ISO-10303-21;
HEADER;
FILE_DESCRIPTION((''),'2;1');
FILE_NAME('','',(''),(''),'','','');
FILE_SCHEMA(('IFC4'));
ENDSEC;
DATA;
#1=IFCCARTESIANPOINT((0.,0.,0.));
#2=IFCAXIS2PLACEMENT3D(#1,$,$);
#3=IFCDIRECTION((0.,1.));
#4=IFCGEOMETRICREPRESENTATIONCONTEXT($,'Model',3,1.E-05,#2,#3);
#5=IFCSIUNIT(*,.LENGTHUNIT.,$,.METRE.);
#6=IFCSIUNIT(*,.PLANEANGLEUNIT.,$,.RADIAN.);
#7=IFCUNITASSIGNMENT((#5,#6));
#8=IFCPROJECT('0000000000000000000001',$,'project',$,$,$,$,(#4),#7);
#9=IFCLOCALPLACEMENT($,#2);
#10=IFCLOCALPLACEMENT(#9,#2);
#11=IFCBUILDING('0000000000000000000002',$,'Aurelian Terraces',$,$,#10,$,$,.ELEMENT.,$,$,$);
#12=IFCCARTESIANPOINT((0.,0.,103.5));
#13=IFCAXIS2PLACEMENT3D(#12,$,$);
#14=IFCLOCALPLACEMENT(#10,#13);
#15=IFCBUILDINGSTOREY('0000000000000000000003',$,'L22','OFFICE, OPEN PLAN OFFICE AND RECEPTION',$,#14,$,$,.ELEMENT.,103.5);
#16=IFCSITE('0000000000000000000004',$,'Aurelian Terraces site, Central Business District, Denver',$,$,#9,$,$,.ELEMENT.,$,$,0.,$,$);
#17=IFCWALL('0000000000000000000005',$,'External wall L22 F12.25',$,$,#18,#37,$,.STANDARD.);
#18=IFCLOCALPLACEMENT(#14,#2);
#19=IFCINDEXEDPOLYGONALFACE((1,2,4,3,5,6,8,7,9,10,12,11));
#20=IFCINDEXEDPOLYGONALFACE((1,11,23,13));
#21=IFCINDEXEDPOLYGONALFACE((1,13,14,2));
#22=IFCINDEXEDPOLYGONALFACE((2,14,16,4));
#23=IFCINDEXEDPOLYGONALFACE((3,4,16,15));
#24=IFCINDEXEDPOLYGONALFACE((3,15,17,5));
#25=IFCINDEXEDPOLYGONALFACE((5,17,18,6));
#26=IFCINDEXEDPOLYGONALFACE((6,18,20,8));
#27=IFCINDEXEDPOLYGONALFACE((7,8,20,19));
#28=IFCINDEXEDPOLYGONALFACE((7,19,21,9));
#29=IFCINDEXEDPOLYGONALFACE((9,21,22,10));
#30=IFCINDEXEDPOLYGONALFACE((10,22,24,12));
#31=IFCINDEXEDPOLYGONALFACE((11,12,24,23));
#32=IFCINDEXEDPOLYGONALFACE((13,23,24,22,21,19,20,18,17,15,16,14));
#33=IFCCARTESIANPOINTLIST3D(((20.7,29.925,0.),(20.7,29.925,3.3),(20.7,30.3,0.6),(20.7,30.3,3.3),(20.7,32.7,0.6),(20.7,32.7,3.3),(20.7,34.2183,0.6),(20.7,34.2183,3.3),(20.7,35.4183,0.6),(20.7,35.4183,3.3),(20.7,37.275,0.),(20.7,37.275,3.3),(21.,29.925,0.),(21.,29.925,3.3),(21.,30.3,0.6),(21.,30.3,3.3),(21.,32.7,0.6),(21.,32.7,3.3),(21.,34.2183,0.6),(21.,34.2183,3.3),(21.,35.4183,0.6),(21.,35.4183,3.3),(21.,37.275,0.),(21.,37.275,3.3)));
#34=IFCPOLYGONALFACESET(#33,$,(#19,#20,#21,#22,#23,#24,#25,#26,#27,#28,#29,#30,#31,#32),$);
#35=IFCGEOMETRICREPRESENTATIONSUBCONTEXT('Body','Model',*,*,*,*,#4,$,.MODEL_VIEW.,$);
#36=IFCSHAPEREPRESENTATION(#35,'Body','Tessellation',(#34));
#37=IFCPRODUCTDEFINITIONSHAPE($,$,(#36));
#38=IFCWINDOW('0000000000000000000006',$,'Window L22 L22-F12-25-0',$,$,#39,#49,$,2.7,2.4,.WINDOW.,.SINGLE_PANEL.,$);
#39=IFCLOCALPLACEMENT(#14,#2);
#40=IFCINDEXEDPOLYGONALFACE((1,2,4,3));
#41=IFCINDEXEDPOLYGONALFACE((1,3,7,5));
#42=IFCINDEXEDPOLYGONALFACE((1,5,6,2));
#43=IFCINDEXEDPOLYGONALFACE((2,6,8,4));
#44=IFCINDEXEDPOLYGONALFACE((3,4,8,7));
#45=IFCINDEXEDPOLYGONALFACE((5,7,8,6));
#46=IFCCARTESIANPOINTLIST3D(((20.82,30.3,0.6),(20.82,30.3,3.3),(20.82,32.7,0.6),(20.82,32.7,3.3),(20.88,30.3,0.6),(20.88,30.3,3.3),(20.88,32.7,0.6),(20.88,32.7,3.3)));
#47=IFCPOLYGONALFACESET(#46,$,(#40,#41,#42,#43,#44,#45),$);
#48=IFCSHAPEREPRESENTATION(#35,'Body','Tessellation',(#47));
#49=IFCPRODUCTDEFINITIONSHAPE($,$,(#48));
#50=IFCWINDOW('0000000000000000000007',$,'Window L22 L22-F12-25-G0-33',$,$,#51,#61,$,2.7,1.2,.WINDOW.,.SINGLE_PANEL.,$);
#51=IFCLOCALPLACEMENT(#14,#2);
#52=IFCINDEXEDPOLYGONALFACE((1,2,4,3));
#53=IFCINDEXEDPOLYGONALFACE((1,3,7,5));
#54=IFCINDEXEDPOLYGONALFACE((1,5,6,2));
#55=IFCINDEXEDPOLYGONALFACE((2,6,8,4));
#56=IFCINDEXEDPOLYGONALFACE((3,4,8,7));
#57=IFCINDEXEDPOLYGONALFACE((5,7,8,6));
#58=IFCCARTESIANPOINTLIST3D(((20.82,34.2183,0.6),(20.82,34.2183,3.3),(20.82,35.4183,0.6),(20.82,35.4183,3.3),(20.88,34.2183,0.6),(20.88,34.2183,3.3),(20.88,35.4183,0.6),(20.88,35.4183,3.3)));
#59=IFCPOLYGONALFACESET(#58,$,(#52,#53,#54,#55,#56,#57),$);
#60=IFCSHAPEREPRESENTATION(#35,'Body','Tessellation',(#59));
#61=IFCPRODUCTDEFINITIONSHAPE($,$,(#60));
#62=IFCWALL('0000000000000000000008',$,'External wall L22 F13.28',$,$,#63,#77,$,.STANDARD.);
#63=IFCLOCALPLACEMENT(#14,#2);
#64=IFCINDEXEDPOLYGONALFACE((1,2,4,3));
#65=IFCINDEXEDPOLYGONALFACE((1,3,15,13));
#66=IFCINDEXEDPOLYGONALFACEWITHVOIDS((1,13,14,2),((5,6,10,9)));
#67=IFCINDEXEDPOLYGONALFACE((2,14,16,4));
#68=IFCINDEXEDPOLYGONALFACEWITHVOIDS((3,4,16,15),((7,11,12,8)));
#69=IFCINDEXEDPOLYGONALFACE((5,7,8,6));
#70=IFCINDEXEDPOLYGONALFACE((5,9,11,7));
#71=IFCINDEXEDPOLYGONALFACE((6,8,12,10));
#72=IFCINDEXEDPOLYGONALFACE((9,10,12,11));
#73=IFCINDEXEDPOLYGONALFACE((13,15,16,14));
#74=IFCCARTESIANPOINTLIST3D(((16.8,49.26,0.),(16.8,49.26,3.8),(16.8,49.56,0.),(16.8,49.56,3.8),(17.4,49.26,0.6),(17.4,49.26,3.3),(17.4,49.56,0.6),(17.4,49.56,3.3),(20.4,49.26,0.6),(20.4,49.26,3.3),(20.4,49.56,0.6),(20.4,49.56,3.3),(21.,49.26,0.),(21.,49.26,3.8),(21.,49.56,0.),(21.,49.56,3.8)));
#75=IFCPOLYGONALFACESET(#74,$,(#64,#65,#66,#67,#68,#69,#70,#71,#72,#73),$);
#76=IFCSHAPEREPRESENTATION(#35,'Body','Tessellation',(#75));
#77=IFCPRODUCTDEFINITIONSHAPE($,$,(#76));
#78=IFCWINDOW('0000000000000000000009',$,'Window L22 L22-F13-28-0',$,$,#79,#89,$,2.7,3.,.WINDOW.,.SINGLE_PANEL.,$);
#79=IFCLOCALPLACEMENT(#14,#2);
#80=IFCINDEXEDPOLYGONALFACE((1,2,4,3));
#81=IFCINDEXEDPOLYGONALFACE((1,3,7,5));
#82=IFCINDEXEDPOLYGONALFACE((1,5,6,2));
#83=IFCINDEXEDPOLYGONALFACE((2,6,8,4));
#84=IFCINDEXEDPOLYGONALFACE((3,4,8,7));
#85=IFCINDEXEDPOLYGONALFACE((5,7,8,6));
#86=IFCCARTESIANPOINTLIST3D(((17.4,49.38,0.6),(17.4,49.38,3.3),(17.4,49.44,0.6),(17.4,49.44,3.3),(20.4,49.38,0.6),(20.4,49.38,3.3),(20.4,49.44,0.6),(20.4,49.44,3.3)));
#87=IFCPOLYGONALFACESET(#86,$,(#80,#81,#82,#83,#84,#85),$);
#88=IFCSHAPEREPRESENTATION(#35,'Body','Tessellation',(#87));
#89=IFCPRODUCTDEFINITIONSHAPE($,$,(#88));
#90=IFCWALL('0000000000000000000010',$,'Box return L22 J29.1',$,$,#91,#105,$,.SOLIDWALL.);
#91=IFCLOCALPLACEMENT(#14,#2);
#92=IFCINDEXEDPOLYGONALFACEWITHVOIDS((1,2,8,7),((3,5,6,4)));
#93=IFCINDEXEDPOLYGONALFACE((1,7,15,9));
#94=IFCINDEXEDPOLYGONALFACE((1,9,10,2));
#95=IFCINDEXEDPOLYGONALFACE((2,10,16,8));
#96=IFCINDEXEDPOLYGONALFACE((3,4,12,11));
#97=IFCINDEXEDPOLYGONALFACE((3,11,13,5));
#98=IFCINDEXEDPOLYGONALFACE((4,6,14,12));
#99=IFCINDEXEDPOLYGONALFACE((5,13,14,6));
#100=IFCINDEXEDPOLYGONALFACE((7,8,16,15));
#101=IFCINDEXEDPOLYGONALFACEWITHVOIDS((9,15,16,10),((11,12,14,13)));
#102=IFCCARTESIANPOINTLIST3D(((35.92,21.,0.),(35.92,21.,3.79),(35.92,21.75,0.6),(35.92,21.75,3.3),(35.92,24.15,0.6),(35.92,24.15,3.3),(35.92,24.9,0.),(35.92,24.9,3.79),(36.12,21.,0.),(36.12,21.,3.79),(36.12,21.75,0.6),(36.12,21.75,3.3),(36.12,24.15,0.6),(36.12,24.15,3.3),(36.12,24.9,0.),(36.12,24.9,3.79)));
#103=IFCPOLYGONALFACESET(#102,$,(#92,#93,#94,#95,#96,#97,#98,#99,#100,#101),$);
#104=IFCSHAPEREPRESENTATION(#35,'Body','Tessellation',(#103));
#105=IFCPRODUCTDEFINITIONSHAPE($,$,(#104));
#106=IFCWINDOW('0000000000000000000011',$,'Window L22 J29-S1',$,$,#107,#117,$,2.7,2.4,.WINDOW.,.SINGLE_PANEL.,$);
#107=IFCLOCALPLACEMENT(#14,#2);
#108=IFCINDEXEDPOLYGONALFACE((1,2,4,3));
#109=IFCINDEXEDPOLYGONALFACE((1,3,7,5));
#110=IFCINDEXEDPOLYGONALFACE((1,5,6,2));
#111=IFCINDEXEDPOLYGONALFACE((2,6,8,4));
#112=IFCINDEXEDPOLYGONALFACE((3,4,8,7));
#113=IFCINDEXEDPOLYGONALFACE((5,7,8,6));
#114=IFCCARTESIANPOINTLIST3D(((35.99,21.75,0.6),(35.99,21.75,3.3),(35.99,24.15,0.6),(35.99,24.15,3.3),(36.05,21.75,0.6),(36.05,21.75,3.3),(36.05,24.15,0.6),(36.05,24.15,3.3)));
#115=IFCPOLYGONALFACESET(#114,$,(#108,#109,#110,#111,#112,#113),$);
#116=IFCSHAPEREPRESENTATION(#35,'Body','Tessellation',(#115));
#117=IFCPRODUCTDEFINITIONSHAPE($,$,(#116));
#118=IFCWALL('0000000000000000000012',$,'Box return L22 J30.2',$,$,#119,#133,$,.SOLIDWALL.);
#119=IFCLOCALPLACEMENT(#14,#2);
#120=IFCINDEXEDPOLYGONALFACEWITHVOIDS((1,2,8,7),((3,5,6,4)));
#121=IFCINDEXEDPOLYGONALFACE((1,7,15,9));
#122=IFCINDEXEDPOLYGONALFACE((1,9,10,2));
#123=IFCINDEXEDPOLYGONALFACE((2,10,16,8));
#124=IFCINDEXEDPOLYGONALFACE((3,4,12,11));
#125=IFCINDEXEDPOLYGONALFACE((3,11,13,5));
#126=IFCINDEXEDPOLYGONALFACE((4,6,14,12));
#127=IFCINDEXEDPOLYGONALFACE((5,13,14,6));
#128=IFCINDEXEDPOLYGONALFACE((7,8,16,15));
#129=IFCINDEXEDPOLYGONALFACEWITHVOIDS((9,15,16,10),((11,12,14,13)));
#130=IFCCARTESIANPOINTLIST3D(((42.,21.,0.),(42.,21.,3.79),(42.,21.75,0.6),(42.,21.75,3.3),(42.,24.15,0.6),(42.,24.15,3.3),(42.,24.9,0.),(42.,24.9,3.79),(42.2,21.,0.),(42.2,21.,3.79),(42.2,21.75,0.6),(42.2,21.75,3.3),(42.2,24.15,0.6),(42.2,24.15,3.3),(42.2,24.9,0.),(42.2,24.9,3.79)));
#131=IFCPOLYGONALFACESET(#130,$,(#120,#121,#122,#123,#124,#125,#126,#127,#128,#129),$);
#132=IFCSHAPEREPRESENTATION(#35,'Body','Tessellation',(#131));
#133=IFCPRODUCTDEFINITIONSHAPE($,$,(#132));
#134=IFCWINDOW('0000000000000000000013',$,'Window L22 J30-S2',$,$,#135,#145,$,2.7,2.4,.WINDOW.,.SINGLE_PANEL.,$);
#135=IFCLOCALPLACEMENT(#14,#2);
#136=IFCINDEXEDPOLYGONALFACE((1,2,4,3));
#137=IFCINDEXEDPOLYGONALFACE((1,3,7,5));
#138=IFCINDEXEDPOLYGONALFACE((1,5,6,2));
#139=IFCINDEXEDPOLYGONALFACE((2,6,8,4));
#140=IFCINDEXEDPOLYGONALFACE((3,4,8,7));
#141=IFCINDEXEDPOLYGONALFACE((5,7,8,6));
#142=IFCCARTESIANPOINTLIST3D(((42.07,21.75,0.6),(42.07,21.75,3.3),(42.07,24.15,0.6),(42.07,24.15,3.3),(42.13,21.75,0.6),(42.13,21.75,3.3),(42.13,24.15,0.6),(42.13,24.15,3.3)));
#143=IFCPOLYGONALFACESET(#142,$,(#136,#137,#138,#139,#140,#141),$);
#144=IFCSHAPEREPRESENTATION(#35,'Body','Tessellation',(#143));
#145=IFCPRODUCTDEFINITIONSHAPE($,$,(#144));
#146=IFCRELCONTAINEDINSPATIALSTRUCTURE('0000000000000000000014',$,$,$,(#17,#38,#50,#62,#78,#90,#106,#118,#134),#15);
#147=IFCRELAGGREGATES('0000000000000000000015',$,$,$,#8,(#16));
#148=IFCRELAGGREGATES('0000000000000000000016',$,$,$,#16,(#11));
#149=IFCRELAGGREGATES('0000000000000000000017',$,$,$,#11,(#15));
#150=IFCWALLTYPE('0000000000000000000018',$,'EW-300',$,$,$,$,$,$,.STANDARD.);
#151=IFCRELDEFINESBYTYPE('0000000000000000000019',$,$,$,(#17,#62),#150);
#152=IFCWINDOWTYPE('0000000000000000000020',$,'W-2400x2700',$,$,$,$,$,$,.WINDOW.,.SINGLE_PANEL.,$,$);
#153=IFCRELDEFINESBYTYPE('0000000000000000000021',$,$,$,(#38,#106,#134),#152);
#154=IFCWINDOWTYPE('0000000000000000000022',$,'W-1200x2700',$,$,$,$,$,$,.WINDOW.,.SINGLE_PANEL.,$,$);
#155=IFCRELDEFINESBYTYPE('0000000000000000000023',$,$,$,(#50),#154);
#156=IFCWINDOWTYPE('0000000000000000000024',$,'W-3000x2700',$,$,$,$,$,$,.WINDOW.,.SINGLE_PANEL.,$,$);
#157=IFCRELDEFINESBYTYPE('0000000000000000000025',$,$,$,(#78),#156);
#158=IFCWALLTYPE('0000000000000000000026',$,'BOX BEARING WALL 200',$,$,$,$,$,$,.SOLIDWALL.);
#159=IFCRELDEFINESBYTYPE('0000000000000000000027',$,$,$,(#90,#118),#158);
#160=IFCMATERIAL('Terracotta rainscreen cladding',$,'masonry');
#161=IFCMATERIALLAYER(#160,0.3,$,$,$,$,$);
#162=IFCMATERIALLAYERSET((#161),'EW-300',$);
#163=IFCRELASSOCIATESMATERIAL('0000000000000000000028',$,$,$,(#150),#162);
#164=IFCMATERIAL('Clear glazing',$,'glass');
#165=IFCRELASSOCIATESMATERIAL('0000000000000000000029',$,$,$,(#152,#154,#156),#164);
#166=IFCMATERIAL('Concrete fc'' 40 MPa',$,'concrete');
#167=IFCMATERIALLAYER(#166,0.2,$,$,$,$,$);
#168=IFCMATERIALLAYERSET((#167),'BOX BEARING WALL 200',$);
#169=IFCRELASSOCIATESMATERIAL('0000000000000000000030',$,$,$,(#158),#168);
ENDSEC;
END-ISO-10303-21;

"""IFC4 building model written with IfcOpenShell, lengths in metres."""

from ifc_helpers import new_model, si_unit, direction, frame, frame_2d, origin, place, context, subcontext, project, spatial, rectangle, extrude, source, transform, mapped, material, layer, layer_set, type_object, element, fill, save


model = new_model("IFC4")

# Units and contexts
model_context = context("Model", 3, precision=1e-05, world=origin(), true_north=direction((0.0, 1.0)))
body_context = subcontext(model_context, "Body", "Model", "MODEL_VIEW")
ifc_project = project(units=[si_unit("LENGTHUNIT", "METRE"), si_unit("PLANEANGLEUNIT", "RADIAN")], contexts=[model_context])

# Site, building, storey
site_placement = place(None, origin())
site = spatial("IfcSite", under=ifc_project, at=site_placement, Name="Aurelian Terraces site, Central Business District, Denver", CompositionType="ELEMENT", RefElevation=0.0)
building_placement = place(site_placement, origin())
building = spatial("IfcBuilding", under=site, at=building_placement, Name="Aurelian Terraces", CompositionType="ELEMENT")
storey_placement = place(building_placement, frame((0.0, 0.0, 103.5)))
storey = spatial("IfcBuildingStorey", under=building, at=storey_placement, Name="L22", Description="OFFICE, OPEN PLAN OFFICE AND RECEPTION", CompositionType="ELEMENT", Elevation=103.5)

# Shared definitions
ifc_material_1 = material(Name="Concrete fc' 40 MPa", Category="concrete")

# Wall, openings, windows
ifc_material_2 = material(Name="Terracotta rainscreen cladding", Category="masonry")
ifc_layer_1 = layer(ifc_material_2, 0.3)
ifc_layer_set_1 = layer_set([ifc_layer_1], Name="EW-300")
wall_type_1 = type_object("IfcWallType", Name="EW-300", PredefinedType="STANDARD", material=ifc_layer_set_1)
shared_shape_1 = source(origin(), body_context, "Body", "SweptSolid", [
    extrude(rectangle(XDim=2.4, YDim=2.7, at=frame_2d((1.2, 1.35))), frame((0.0, 0.16, 0.0), z_axis=(0.0, -1.0, 0.0), x_axis=(1.0, 0.0, 0.0)), (0.0, 0.0, 1.0), 0.32),
])
ifc_material_3 = material(Name="Clear glazing", Category="glass")
window_type_1 = type_object("IfcWindowType", Name="W-2400x2700", PartitioningType="SINGLE_PANEL", PredefinedType="WINDOW", material=ifc_material_3)
shared_shape_2 = source(origin(), body_context, "Body", "SweptSolid", [
    extrude(rectangle(XDim=2.4, YDim=2.7, at=frame_2d((1.2, 1.35))), frame((0.0, 0.03, 0.0), z_axis=(0.0, -1.0, 0.0), x_axis=(1.0, 0.0, 0.0)), (0.0, 0.0, 1.0), 0.06),
])
wall_1_placement = place(storey_placement, frame((20.85, 29.925, 0.0), z_axis=(0.0, 0.0, 1.0), x_axis=(0.0, 1.0, 0.0)))
wall_1 = element("IfcWall", 1, at=wall_1_placement, inside=storey, type_object=wall_type_1, Name="External wall L22 F12.25", PredefinedType="STANDARD", context=body_context, shape_type="SweptSolid", body=[
    extrude(rectangle(XDim=7.35, YDim=0.3, at=frame_2d((3.675, 0.0))), origin(), (0.0, 0.0, 1.0), 3.3),
])
opening_1_placement = place(wall_1_placement, frame((0.375, 0.0, 0.6)))
opening_1 = element("IfcOpeningElement", 2, at=opening_1_placement, cuts=wall_1, PredefinedType="OPENING", context=body_context, shape_type="MappedRepresentation", body=[
    mapped(shared_shape_1, transform((0.0, 0.0, 0.0), scale=1.0)),
])
shared_shape_3 = source(origin(), body_context, "Body", "SweptSolid", [
    extrude(rectangle(XDim=1.2, YDim=2.7, at=frame_2d((0.6, 1.35))), frame((0.0, 0.16, 0.0), z_axis=(0.0, -1.0, 0.0), x_axis=(1.0, 0.0, 0.0)), (0.0, 0.0, 1.0), 0.32),
])
opening_2_placement = place(wall_1_placement, frame((4.2933, 0.0, 0.6)))
opening_2 = element("IfcOpeningElement", 3, at=opening_2_placement, cuts=wall_1, PredefinedType="OPENING", context=body_context, shape_type="MappedRepresentation", body=[
    mapped(shared_shape_3, transform((0.0, 0.0, 0.0), scale=1.0)),
])
window_1_placement = place(opening_1_placement, origin())
window_1 = element("IfcWindow", 4, at=window_1_placement, inside=storey, type_object=window_type_1, Name="Window L22 L22-F12-25-0", OverallHeight=2.7, OverallWidth=2.4, PartitioningType="SINGLE_PANEL", PredefinedType="WINDOW", context=body_context, shape_type="MappedRepresentation", body=[
    mapped(shared_shape_2, transform((0.0, 0.0, 0.0), scale=1.0)),
])
fill(opening_1, window_1)
window_type_2 = type_object("IfcWindowType", Name="W-1200x2700", PartitioningType="SINGLE_PANEL", PredefinedType="WINDOW", material=ifc_material_3)
shared_shape_4 = source(origin(), body_context, "Body", "SweptSolid", [
    extrude(rectangle(XDim=1.2, YDim=2.7, at=frame_2d((0.6, 1.35))), frame((0.0, 0.03, 0.0), z_axis=(0.0, -1.0, 0.0), x_axis=(1.0, 0.0, 0.0)), (0.0, 0.0, 1.0), 0.06),
])
window_2_placement = place(opening_2_placement, origin())
window_2 = element("IfcWindow", 5, at=window_2_placement, inside=storey, type_object=window_type_2, Name="Window L22 L22-F12-25-G0-33", OverallHeight=2.7, OverallWidth=1.2, PartitioningType="SINGLE_PANEL", PredefinedType="WINDOW", context=body_context, shape_type="MappedRepresentation", body=[
    mapped(shared_shape_4, transform((0.0, 0.0, 0.0), scale=1.0)),
])
fill(opening_2, window_2)

# Walls, openings, windows
shared_shape_5 = source(origin(), body_context, "Body", "SweptSolid", [
    extrude(rectangle(XDim=4.2, YDim=0.3, at=frame_2d((2.1, 0.0))), origin(), (0.0, 0.0, 1.0), 3.8),
])
wall_2_placement = place(storey_placement, frame((21.0, 49.41, 0.0), z_axis=(0.0, 0.0, 1.0), x_axis=(-1.0, 0.0, 0.0)))
wall_2 = element("IfcWall", 6, at=wall_2_placement, inside=storey, type_object=wall_type_1, Name="External wall L22 F13.28", PredefinedType="STANDARD", context=body_context, shape_type="MappedRepresentation", body=[
    mapped(shared_shape_5, transform((0.0, 0.0, 0.0), scale=1.0)),
])
shared_shape_6 = source(origin(), body_context, "Body", "SweptSolid", [
    extrude(rectangle(XDim=3.0, YDim=2.7, at=frame_2d((1.5, 1.35))), frame((0.0, 0.16, 0.0), z_axis=(0.0, -1.0, 0.0), x_axis=(1.0, 0.0, 0.0)), (0.0, 0.0, 1.0), 0.32),
])
opening_3_placement = place(wall_2_placement, frame((0.6, 0.0, 0.6)))
opening_3 = element("IfcOpeningElement", 7, at=opening_3_placement, cuts=wall_2, PredefinedType="OPENING", context=body_context, shape_type="MappedRepresentation", body=[
    mapped(shared_shape_6, transform((0.0, 0.0, 0.0), scale=1.0)),
])
window_type_3 = type_object("IfcWindowType", Name="W-3000x2700", PartitioningType="SINGLE_PANEL", PredefinedType="WINDOW", material=ifc_material_3)
shared_shape_7 = source(origin(), body_context, "Body", "SweptSolid", [
    extrude(rectangle(XDim=3.0, YDim=2.7, at=frame_2d((1.5, 1.35))), frame((0.0, 0.03, 0.0), z_axis=(0.0, -1.0, 0.0), x_axis=(1.0, 0.0, 0.0)), (0.0, 0.0, 1.0), 0.06),
])
window_3_placement = place(opening_3_placement, origin())
window_3 = element("IfcWindow", 8, at=window_3_placement, inside=storey, type_object=window_type_3, Name="Window L22 L22-F13-28-0", OverallHeight=2.7, OverallWidth=3.0, PartitioningType="SINGLE_PANEL", PredefinedType="WINDOW", context=body_context, shape_type="MappedRepresentation", body=[
    mapped(shared_shape_7, transform((0.0, 0.0, 0.0), scale=1.0)),
])
fill(opening_3, window_3)
ifc_layer_2 = layer(ifc_material_1, 0.2)
ifc_layer_set_2 = layer_set([ifc_layer_2], Name="BOX BEARING WALL 200")
wall_type_2 = type_object("IfcWallType", Name="BOX BEARING WALL 200", PredefinedType="SOLIDWALL", material=ifc_layer_set_2)
shared_shape_8 = source(origin(), body_context, "Body", "SweptSolid", [
    extrude(rectangle(XDim=3.9, YDim=0.2, at=frame_2d((1.95, 0.0))), origin(), (0.0, 0.0, 1.0), 3.79),
])
wall_3_placement = place(storey_placement, frame((36.02, 21.0, 0.0), z_axis=(0.0, 0.0, 1.0), x_axis=(0.0, 1.0, 0.0)))
wall_3 = element("IfcWall", 9, at=wall_3_placement, inside=storey, type_object=wall_type_2, Name="Box return L22 J29.1", PredefinedType="SOLIDWALL", context=body_context, shape_type="MappedRepresentation", body=[
    mapped(shared_shape_8, transform((0.0, 0.0, 0.0), scale=1.0)),
])
shared_shape_9 = source(origin(), body_context, "Body", "SweptSolid", [
    extrude(rectangle(XDim=2.4, YDim=2.7, at=frame_2d((1.2, 1.35))), frame((0.0, 0.11, 0.0), z_axis=(0.0, -1.0, 0.0), x_axis=(1.0, 0.0, 0.0)), (0.0, 0.0, 1.0), 0.22),
])
opening_4_placement = place(wall_3_placement, frame((0.75, 0.0, 0.6)))
opening_4 = element("IfcOpeningElement", 10, at=opening_4_placement, cuts=wall_3, PredefinedType="OPENING", context=body_context, shape_type="MappedRepresentation", body=[
    mapped(shared_shape_9, transform((0.0, 0.0, 0.0), scale=1.0)),
])
window_4_placement = place(opening_4_placement, origin())
window_4 = element("IfcWindow", 11, at=window_4_placement, inside=storey, type_object=window_type_1, Name="Window L22 J29-S1", OverallHeight=2.7, OverallWidth=2.4, PartitioningType="SINGLE_PANEL", PredefinedType="WINDOW", context=body_context, shape_type="MappedRepresentation", body=[
    mapped(shared_shape_2, transform((0.0, 0.0, 0.0), scale=1.0)),
])
fill(opening_4, window_4)
wall_4_placement = place(storey_placement, frame((42.1, 21.0, 0.0), z_axis=(0.0, 0.0, 1.0), x_axis=(0.0, 1.0, 0.0)))
wall_4 = element("IfcWall", 12, at=wall_4_placement, inside=storey, type_object=wall_type_2, Name="Box return L22 J30.2", PredefinedType="SOLIDWALL", context=body_context, shape_type="MappedRepresentation", body=[
    mapped(shared_shape_8, transform((0.0, 0.0, 0.0), scale=1.0)),
])
opening_5_placement = place(wall_4_placement, frame((0.75, 0.0, 0.6)))
opening_5 = element("IfcOpeningElement", 13, at=opening_5_placement, cuts=wall_4, PredefinedType="OPENING", context=body_context, shape_type="MappedRepresentation", body=[
    mapped(shared_shape_9, transform((0.0, 0.0, 0.0), scale=1.0)),
])
window_5_placement = place(opening_5_placement, origin())
window_5 = element("IfcWindow", 14, at=window_5_placement, inside=storey, type_object=window_type_1, Name="Window L22 J30-S2", OverallHeight=2.7, OverallWidth=2.4, PartitioningType="SINGLE_PANEL", PredefinedType="WINDOW", context=body_context, shape_type="MappedRepresentation", body=[
    mapped(shared_shape_2, transform((0.0, 0.0, 0.0), scale=1.0)),
])
fill(opening_5, window_5)

save(model, "model.ifc")
